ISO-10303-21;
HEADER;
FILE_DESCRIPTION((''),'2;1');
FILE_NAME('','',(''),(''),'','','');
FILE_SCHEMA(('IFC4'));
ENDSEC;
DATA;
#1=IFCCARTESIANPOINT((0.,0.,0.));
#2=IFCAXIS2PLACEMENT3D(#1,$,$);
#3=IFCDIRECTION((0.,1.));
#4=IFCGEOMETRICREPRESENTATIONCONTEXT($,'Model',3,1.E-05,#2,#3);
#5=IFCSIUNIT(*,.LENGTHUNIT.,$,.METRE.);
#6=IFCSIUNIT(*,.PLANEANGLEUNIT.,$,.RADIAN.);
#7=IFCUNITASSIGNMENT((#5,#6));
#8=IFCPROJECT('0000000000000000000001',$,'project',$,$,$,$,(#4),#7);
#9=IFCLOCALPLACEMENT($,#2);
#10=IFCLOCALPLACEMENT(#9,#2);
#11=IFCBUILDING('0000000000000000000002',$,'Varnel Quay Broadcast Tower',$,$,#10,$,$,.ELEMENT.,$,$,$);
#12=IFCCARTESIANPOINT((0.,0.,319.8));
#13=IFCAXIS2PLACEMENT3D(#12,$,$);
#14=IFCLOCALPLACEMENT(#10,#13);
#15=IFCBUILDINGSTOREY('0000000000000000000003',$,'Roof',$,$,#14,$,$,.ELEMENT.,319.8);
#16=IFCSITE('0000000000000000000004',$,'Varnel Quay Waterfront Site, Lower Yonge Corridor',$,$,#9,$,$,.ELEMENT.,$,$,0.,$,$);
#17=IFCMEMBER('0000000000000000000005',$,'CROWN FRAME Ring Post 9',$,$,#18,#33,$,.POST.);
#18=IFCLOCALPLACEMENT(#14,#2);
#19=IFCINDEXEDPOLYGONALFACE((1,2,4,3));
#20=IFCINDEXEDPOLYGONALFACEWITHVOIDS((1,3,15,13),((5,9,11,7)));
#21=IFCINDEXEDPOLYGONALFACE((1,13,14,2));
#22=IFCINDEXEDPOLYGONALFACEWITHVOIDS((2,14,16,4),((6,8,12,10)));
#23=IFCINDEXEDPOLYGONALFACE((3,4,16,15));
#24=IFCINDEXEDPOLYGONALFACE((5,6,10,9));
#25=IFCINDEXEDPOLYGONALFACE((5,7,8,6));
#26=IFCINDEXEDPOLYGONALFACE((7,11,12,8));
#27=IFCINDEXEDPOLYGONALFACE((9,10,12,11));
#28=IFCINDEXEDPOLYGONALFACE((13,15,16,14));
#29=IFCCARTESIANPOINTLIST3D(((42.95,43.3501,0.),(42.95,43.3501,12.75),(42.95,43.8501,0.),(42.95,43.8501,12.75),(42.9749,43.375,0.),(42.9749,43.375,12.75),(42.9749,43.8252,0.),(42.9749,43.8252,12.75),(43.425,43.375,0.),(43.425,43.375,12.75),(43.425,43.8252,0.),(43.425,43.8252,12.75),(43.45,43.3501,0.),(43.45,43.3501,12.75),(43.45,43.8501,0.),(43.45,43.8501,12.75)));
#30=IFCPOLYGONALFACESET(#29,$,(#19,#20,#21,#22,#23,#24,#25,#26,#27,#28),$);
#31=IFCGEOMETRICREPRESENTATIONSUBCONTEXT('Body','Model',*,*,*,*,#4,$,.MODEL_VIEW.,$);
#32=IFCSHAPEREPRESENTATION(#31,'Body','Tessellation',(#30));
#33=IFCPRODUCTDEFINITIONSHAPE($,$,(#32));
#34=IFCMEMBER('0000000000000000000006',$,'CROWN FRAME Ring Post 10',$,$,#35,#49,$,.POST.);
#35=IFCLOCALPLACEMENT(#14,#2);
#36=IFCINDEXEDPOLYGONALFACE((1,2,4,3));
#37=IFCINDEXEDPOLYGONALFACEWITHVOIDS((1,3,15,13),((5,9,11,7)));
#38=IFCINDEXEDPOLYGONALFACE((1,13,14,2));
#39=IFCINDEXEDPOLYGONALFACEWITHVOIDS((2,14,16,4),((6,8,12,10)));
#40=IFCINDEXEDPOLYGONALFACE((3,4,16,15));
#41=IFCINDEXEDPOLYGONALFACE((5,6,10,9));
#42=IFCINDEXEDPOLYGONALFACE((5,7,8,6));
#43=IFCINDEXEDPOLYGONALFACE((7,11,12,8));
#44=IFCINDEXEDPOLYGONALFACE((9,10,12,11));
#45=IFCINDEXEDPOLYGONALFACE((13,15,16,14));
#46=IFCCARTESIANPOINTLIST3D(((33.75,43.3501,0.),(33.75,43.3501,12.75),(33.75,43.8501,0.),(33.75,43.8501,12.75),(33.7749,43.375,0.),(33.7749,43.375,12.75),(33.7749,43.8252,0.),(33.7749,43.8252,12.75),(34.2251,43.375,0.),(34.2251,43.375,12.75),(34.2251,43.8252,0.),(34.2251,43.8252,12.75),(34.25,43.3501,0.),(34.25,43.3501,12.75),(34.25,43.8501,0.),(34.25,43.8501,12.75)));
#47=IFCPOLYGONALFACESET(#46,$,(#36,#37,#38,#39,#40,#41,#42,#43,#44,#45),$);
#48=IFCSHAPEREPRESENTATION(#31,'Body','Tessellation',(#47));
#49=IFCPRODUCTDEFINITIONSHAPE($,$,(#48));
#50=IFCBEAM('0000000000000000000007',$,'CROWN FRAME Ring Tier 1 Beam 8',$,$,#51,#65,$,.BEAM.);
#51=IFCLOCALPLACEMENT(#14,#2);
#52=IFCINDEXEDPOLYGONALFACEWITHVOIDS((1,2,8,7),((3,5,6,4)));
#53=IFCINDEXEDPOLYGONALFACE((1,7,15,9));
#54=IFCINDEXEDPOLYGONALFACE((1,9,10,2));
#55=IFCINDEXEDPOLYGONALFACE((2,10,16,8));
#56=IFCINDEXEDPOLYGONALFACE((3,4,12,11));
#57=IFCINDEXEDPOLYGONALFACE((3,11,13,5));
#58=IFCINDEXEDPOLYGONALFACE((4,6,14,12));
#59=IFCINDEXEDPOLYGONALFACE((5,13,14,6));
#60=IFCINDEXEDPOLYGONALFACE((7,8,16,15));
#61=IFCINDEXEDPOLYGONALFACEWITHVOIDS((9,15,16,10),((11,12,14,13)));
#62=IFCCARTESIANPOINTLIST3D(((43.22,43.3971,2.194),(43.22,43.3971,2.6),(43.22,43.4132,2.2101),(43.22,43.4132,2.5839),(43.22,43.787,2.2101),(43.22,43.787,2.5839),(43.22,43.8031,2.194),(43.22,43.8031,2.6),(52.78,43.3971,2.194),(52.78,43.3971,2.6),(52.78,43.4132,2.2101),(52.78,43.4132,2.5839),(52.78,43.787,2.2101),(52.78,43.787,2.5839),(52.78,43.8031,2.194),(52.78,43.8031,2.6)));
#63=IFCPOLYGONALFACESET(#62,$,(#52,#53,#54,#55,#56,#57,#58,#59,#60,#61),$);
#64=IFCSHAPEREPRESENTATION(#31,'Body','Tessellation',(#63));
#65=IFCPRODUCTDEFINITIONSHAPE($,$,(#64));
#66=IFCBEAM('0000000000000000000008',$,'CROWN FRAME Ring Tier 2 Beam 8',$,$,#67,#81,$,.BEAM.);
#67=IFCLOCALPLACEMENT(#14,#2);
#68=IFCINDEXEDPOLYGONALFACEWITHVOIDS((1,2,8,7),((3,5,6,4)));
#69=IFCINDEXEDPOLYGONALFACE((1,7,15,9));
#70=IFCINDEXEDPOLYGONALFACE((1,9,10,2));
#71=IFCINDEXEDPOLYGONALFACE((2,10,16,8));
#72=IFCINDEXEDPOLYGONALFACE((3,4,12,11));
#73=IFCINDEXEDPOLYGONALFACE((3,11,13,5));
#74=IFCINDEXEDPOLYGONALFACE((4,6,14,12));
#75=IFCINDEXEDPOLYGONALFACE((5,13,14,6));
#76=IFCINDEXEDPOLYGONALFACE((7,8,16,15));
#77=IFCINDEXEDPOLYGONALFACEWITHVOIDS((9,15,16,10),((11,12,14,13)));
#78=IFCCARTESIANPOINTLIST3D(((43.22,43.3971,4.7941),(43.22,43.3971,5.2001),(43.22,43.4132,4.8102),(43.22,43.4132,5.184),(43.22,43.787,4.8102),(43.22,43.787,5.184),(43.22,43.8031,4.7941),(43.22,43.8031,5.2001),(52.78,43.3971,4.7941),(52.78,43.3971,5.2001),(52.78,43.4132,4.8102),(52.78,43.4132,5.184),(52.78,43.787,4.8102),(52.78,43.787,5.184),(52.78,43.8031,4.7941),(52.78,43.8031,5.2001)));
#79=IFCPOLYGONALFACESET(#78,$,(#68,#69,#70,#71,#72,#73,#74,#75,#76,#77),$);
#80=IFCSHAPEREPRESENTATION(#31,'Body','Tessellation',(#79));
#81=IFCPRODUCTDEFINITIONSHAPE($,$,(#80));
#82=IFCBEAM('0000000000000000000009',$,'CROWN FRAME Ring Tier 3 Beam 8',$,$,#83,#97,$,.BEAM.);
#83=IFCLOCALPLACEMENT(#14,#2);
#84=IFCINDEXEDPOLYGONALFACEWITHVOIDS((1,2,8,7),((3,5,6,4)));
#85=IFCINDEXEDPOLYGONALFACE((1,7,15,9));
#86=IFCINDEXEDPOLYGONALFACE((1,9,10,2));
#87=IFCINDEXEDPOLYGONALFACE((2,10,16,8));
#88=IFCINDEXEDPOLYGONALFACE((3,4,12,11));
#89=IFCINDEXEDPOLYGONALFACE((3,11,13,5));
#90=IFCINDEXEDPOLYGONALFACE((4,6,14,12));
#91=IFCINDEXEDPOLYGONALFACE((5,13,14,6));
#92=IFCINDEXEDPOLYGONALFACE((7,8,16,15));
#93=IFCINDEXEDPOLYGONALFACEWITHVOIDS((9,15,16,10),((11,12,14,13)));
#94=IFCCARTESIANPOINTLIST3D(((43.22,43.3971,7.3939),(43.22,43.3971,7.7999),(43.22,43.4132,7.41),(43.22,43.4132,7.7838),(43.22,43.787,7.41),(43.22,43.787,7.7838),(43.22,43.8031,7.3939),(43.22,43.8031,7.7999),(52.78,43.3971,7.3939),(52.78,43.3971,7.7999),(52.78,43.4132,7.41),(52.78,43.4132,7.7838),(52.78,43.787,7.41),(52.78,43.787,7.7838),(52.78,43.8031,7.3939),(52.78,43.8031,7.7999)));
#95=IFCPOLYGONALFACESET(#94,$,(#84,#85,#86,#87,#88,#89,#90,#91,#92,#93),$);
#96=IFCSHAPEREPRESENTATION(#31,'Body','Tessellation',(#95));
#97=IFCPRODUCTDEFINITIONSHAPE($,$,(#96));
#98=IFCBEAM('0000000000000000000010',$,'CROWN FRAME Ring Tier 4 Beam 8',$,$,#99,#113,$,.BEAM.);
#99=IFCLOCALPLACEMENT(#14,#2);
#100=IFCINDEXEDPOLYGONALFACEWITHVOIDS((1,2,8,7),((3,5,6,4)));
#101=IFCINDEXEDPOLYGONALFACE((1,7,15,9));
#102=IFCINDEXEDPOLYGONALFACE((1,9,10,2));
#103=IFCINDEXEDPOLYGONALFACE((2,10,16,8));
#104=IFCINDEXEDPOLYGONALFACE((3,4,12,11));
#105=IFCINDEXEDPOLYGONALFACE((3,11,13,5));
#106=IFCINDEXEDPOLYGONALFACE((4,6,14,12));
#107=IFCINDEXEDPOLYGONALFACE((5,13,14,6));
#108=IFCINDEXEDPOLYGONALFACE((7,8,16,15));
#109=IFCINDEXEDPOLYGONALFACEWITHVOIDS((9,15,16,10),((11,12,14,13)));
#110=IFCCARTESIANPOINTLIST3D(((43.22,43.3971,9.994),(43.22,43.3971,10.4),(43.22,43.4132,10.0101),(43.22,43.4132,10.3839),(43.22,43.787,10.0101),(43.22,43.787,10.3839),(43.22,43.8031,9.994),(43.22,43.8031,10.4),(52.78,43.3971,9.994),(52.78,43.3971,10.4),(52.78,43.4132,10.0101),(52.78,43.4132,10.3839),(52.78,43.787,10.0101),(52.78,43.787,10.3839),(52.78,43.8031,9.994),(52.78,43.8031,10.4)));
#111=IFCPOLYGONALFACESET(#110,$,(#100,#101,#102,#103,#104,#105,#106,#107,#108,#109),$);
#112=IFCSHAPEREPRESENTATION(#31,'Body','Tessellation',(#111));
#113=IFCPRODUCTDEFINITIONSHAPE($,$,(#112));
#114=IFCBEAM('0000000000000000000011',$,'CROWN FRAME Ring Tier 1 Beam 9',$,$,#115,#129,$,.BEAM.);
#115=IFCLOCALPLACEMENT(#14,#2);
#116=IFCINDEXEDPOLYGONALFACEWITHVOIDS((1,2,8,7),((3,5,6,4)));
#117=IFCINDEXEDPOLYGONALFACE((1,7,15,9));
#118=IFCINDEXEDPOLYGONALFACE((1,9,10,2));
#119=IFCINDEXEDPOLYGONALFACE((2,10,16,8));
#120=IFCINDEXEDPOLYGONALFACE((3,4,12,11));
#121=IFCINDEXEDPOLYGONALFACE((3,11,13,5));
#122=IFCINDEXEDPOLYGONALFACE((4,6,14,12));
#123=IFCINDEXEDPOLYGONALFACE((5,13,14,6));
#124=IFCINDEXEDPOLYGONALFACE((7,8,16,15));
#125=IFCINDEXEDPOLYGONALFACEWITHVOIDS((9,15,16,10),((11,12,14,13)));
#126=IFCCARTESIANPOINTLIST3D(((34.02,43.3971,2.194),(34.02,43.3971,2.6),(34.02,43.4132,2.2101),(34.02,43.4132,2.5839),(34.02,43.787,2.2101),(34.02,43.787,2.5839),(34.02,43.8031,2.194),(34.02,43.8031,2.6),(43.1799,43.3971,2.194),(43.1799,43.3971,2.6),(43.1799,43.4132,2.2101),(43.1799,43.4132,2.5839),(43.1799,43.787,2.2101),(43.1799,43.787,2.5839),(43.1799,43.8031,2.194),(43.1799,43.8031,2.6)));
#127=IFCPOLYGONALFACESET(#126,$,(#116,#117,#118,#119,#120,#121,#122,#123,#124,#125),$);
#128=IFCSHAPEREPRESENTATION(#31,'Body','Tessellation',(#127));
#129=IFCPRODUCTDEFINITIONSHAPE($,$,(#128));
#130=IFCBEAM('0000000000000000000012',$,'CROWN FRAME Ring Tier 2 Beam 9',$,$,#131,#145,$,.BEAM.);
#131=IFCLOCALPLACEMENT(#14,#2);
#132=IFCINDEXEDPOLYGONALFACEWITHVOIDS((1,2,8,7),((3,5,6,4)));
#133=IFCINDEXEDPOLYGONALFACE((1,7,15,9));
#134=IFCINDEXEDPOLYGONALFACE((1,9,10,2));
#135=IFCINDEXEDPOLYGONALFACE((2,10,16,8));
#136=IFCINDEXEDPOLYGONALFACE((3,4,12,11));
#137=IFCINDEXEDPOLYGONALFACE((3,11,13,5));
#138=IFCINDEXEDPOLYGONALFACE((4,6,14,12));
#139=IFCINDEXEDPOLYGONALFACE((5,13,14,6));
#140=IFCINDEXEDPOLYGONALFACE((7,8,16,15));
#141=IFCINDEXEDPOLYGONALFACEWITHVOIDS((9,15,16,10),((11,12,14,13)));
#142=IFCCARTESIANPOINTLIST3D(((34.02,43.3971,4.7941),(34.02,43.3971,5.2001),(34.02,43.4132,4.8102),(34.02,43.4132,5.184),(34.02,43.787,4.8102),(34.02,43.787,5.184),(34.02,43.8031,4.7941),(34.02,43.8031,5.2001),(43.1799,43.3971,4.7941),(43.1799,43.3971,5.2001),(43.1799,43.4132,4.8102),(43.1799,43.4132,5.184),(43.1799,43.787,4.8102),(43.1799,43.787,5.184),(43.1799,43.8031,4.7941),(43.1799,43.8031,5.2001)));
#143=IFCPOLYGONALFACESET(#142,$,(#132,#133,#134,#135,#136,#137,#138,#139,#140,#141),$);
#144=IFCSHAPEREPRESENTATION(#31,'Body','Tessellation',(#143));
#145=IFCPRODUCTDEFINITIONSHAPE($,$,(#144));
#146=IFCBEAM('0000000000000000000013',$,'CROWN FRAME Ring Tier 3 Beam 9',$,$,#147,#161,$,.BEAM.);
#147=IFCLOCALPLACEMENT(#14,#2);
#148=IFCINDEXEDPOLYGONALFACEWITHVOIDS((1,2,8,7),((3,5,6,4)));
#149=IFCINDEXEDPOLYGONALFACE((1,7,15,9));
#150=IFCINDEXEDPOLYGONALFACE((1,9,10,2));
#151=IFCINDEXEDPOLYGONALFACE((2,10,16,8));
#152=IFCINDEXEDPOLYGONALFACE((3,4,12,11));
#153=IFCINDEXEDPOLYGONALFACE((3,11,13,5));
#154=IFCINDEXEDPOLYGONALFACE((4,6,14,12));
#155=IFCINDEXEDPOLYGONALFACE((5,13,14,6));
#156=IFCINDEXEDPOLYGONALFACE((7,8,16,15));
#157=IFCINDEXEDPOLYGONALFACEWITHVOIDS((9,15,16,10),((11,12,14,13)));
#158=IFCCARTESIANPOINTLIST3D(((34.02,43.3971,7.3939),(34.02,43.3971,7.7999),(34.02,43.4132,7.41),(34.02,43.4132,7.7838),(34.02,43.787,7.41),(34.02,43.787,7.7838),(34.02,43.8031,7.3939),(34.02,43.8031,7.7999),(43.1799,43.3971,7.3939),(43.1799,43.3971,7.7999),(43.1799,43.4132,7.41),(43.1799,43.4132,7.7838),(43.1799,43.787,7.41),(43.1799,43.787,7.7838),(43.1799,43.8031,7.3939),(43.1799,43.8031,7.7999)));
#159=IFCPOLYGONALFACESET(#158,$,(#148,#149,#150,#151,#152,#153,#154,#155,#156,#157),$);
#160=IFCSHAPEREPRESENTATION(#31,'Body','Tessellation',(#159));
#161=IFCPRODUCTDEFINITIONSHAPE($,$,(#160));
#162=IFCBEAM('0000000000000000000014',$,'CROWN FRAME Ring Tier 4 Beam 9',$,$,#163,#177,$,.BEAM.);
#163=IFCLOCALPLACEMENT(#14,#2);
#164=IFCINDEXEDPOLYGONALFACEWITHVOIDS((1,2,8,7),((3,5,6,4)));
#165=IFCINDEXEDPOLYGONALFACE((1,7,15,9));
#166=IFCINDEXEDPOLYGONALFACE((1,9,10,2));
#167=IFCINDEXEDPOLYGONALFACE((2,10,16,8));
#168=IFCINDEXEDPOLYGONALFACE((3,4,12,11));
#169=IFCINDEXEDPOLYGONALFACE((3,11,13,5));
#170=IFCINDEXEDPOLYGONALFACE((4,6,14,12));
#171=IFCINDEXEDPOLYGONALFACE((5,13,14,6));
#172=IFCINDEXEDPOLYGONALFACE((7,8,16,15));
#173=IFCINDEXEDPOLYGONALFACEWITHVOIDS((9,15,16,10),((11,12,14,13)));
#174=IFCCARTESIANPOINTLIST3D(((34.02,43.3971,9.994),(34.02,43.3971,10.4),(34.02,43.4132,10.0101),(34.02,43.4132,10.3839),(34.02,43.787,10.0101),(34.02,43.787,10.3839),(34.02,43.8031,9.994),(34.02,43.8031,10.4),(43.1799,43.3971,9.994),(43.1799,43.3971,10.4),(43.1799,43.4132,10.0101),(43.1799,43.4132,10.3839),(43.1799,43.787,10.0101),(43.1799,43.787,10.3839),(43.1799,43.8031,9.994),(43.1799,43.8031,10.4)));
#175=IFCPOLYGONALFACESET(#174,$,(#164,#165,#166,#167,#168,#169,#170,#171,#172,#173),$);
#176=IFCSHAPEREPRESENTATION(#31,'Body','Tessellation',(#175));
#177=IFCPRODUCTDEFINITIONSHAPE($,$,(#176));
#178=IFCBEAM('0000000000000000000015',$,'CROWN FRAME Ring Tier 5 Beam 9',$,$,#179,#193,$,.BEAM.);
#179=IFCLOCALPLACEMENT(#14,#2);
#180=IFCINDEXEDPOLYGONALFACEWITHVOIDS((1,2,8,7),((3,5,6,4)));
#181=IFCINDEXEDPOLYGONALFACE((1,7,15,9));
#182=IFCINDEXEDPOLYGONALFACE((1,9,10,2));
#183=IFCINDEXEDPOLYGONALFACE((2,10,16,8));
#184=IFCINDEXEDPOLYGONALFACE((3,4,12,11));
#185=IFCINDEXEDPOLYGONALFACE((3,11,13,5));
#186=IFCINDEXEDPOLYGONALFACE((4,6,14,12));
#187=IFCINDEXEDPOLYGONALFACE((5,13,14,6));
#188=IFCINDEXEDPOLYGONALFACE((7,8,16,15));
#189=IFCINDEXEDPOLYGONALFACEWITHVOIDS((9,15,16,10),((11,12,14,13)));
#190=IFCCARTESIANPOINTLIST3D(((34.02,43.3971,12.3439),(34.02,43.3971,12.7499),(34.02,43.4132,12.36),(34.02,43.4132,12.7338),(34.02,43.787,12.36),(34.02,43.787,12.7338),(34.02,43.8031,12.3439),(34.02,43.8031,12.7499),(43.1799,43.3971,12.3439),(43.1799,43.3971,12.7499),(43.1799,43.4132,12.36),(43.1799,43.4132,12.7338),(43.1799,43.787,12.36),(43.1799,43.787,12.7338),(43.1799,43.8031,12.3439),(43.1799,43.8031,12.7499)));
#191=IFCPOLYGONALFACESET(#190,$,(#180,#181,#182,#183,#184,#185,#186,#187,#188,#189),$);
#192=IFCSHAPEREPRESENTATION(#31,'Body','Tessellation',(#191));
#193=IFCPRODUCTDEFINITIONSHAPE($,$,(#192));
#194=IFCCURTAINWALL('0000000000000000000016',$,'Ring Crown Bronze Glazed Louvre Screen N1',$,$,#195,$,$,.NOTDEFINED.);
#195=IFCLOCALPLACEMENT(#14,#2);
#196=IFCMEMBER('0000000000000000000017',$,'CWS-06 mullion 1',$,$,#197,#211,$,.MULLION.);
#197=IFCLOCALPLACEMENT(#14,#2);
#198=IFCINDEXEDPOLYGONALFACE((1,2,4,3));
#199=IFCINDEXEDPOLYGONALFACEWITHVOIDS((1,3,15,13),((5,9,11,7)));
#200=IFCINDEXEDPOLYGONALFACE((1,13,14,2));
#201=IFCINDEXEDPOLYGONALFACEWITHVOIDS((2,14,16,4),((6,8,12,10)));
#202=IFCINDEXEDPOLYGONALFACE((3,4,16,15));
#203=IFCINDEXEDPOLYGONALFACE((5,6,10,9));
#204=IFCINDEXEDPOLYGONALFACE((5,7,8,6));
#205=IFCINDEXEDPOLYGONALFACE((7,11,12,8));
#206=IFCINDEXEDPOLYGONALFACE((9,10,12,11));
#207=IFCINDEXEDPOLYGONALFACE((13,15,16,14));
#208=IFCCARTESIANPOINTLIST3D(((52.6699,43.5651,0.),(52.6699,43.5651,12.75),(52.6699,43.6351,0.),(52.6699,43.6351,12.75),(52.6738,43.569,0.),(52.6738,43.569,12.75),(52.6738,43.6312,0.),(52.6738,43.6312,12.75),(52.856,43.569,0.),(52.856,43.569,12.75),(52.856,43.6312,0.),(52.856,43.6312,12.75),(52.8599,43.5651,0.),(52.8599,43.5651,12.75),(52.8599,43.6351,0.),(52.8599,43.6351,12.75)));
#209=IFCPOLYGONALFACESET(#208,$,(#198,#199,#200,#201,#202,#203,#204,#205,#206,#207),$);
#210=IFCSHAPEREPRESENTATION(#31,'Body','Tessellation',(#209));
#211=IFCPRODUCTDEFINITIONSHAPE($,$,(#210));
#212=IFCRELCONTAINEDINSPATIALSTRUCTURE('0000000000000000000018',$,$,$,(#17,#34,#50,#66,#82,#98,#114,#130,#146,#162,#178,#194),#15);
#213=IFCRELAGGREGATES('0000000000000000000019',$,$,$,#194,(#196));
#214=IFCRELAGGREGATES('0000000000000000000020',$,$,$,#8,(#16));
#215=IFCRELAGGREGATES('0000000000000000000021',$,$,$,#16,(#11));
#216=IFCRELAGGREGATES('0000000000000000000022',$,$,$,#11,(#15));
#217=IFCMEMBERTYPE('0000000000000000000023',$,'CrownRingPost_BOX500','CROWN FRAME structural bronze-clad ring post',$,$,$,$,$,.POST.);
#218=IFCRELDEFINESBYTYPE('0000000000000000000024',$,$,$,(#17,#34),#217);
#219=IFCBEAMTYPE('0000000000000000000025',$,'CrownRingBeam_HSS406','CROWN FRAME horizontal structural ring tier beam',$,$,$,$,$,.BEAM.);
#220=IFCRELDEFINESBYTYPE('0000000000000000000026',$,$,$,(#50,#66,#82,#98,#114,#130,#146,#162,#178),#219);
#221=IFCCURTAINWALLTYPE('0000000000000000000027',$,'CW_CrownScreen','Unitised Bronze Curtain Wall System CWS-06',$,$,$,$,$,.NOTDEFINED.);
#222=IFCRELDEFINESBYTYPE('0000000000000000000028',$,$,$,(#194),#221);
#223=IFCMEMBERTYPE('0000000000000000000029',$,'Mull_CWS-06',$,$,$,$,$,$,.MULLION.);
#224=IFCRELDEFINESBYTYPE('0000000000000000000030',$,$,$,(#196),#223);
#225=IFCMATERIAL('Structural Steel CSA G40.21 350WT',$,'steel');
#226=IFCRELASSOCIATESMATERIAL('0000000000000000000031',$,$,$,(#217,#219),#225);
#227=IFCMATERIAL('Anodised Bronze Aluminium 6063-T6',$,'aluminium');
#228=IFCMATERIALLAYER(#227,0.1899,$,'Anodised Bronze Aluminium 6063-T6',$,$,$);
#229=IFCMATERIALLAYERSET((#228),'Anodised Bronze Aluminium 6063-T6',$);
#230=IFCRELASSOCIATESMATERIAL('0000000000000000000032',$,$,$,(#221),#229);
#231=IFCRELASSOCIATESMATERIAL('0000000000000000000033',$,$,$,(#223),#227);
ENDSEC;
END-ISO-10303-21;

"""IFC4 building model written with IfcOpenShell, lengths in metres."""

from ifc_helpers import new_model, si_unit, direction, frame, origin, origin_2d, place, context, subcontext, project, spatial, hollow_rectangle, extrude, source, transform, mapped, material, layer, layer_set, material_profile, profile_set, type_object, type_shapes, element, aggregate, save


model = new_model("IFC4")

# Units and contexts
model_context = context("Model", 3, precision=1e-05, world=origin(), true_north=direction((0.0, 1.0)))
body_context = subcontext(model_context, "Body", "Model", "MODEL_VIEW")
ifc_project = project(units=[si_unit("LENGTHUNIT", "METRE"), si_unit("PLANEANGLEUNIT", "RADIAN")], contexts=[model_context])

# Site, building, storey
site_placement = place(None, origin())
site = spatial("IfcSite", under=ifc_project, at=site_placement, Name="Varnel Quay Waterfront Site, Lower Yonge Corridor", CompositionType="ELEMENT", RefElevation=0.0)
building_placement = place(site_placement, origin())
building = spatial("IfcBuilding", under=site, at=building_placement, Name="Varnel Quay Broadcast Tower", CompositionType="ELEMENT")
storey_placement = place(building_placement, frame((0.0, 0.0, 319.8)))
storey = spatial("IfcBuildingStorey", under=building, at=storey_placement, Name="Roof", CompositionType="ELEMENT", Elevation=319.8)

# Members
ifc_material_1 = material(Name="Structural Steel CSA G40.21 350WT", Category="steel")
ifc_material_profile_1 = material_profile(ifc_material_1, hollow_rectangle(XDim=0.5, YDim=0.5, WallThickness=0.0249, at=origin_2d()), Name="BOX500X500X25")
ifc_profile_set_1 = profile_set([ifc_material_profile_1], Name="Structural Steel CSA G40.21 350WT")
member_type_1 = type_object("IfcMemberType", Name="CrownRingPost_BOX500", Description="CROWN FRAME structural bronze-clad ring post", PredefinedType="POST", material=ifc_profile_set_1)
shared_shape_1 = source(origin(), body_context, "Body", "SweptSolid", [
    extrude(hollow_rectangle(XDim=0.5, YDim=0.5, WallThickness=0.0249, at=origin_2d()), origin(), (0.0, 0.0, 1.0), 12.75),
])
type_shapes(member_type_1, [shared_shape_1])
for number, where, z_axis, x_axis, name in (
    (1, (43.2, 43.6001, 0.0), (0.0, 0.0, 1.0), (1.0, 0.0, 0.0), "CROWN FRAME Ring Post 9"),
    (2, (34.0, 43.6001, 0.0), (0.0, 0.0, 1.0), (1.0, 0.0, 0.0), "CROWN FRAME Ring Post 10"),
):
    element("IfcMember", number, at=place(storey_placement, frame(where, z_axis=z_axis, x_axis=x_axis)), inside=storey, type_object=member_type_1, Name=name, PredefinedType="POST", context=body_context, shape_type="MappedRepresentation", body=[
        mapped(shared_shape_1, transform((0.0, 0.0, 0.0), x_axis=(1.0, 0.0, 0.0), y_axis=(0.0, 1.0, 0.0), z_axis=(0.0, 0.0, 1.0), scale=1.0)),
    ])

# Beams
ifc_material_profile_2 = material_profile(ifc_material_1, hollow_rectangle(XDim=0.406, YDim=0.406, WallThickness=0.0161, at=origin_2d()), Name="HSS406X406X16")
ifc_profile_set_2 = profile_set([ifc_material_profile_2], Name="Structural Steel CSA G40.21 350WT")
beam_type = type_object("IfcBeamType", Name="CrownRingBeam_HSS406", Description="CROWN FRAME horizontal structural ring tier beam", PredefinedType="BEAM", material=ifc_profile_set_2)
shared_shape_2 = source(origin(), body_context, "Body", "SweptSolid", [
    extrude(hollow_rectangle(XDim=0.406, YDim=0.406, WallThickness=0.0161, at=origin_2d()), origin(), (0.0, 0.0, 1.0), 9.5601),
])
for number, where, z_axis, x_axis, name in (
    (3, (52.78, 43.6001, 2.397), (-1.0, 0.0, 0.0), (0.0, -1.0, 0.0), "CROWN FRAME Ring Tier 1 Beam 8"),
    (4, (52.78, 43.6001, 4.9971), (-1.0, 0.0, 0.0), (0.0, -1.0, 0.0), "CROWN FRAME Ring Tier 2 Beam 8"),
    (5, (52.78, 43.6001, 7.5969), (-1.0, 0.0, 0.0), (0.0, -1.0, 0.0), "CROWN FRAME Ring Tier 3 Beam 8"),
    (6, (52.78, 43.6001, 10.197), (-1.0, 0.0, 0.0), (0.0, -1.0, 0.0), "CROWN FRAME Ring Tier 4 Beam 8"),
):
    element("IfcBeam", number, at=place(storey_placement, frame(where, z_axis=z_axis, x_axis=x_axis)), inside=storey, type_object=beam_type, Name=name, PredefinedType="BEAM", context=body_context, shape_type="MappedRepresentation", body=[
        mapped(shared_shape_2, transform((0.0, 0.0, 0.0), x_axis=(1.0, 0.0, 0.0), y_axis=(0.0, 1.0, 0.0), z_axis=(0.0, 0.0, 1.0), scale=1.0)),
    ])
shared_shape_3 = source(origin(), body_context, "Body", "SweptSolid", [
    extrude(hollow_rectangle(XDim=0.406, YDim=0.406, WallThickness=0.0161, at=origin_2d()), origin(), (0.0, 0.0, 1.0), 9.1599),
])
type_shapes(beam_type, [shared_shape_2, shared_shape_3])
for number, where, z_axis, x_axis, name in (
    (7, (43.1799, 43.6001, 2.397), (-1.0, 0.0, 0.0), (0.0, -1.0, 0.0), "CROWN FRAME Ring Tier 1 Beam 9"),
    (8, (43.1799, 43.6001, 4.9971), (-1.0, 0.0, 0.0), (0.0, -1.0, 0.0), "CROWN FRAME Ring Tier 2 Beam 9"),
    (9, (43.1799, 43.6001, 7.5969), (-1.0, 0.0, 0.0), (0.0, -1.0, 0.0), "CROWN FRAME Ring Tier 3 Beam 9"),
    (10, (43.1799, 43.6001, 10.197), (-1.0, 0.0, 0.0), (0.0, -1.0, 0.0), "CROWN FRAME Ring Tier 4 Beam 9"),
    (11, (43.1799, 43.6001, 12.5469), (-1.0, 0.0, 0.0), (0.0, -1.0, 0.0), "CROWN FRAME Ring Tier 5 Beam 9"),
):
    element("IfcBeam", number, at=place(storey_placement, frame(where, z_axis=z_axis, x_axis=x_axis)), inside=storey, type_object=beam_type, Name=name, PredefinedType="BEAM", context=body_context, shape_type="MappedRepresentation", body=[
        mapped(shared_shape_3, transform((0.0, 0.0, 0.0), x_axis=(1.0, 0.0, 0.0), y_axis=(0.0, 1.0, 0.0), z_axis=(0.0, 0.0, 1.0), scale=1.0)),
    ])

# Curtain wall, member
ifc_material_2 = material(Name="Anodised Bronze Aluminium 6063-T6", Category="aluminium")
ifc_layer_1 = layer(ifc_material_2, 0.1899, Name="Anodised Bronze Aluminium 6063-T6")
ifc_layer_set_1 = layer_set([ifc_layer_1], Name="Anodised Bronze Aluminium 6063-T6")
curtain_wall_type = type_object("IfcCurtainWallType", Name="CW_CrownScreen", Description="Unitised Bronze Curtain Wall System CWS-06", PredefinedType="NOTDEFINED", material=ifc_layer_set_1)
curtain_wall_placement = place(storey_placement, origin())
curtain_wall = element("IfcCurtainWall", 12, at=curtain_wall_placement, inside=storey, type_object=curtain_wall_type, Name="Ring Crown Bronze Glazed Louvre Screen N1", PredefinedType="NOTDEFINED")
ifc_material_profile_3 = material_profile(ifc_material_2, hollow_rectangle(XDim=0.0701, YDim=0.1899, WallThickness=0.0039, at=origin_2d()), Name="ALU70X190X4")
ifc_profile_set_3 = profile_set([ifc_material_profile_3], Name="Anodised Bronze Aluminium 6063-T6")
member_type_2 = type_object("IfcMemberType", Name="Mull_CWS-06", PredefinedType="MULLION", material=ifc_profile_set_3)
shared_shape_4 = source(origin(), body_context, "Body", "SweptSolid", [
    extrude(hollow_rectangle(XDim=0.0701, YDim=0.1899, WallThickness=0.0039, at=origin_2d()), origin(), (0.0, 0.0, 1.0), 12.75),
])
type_shapes(member_type_2, [shared_shape_4])
member_1_placement = place(storey_placement, frame((52.7649, 43.6001, 0.0), z_axis=(0.0, 0.0, 1.0), x_axis=(0.0, -1.0, 0.0)))
member_1 = element("IfcMember", 13, at=member_1_placement, type_object=member_type_2, Name="CWS-06 mullion 1", PredefinedType="MULLION", context=body_context, shape_type="MappedRepresentation", body=[
    mapped(shared_shape_4, transform((0.0, 0.0, 0.0), x_axis=(1.0, 0.0, 0.0), y_axis=(0.0, 1.0, 0.0), z_axis=(0.0, 0.0, 1.0), scale=1.0)),
])

aggregate(curtain_wall, [member_1])

save(model, "model.ifc")
